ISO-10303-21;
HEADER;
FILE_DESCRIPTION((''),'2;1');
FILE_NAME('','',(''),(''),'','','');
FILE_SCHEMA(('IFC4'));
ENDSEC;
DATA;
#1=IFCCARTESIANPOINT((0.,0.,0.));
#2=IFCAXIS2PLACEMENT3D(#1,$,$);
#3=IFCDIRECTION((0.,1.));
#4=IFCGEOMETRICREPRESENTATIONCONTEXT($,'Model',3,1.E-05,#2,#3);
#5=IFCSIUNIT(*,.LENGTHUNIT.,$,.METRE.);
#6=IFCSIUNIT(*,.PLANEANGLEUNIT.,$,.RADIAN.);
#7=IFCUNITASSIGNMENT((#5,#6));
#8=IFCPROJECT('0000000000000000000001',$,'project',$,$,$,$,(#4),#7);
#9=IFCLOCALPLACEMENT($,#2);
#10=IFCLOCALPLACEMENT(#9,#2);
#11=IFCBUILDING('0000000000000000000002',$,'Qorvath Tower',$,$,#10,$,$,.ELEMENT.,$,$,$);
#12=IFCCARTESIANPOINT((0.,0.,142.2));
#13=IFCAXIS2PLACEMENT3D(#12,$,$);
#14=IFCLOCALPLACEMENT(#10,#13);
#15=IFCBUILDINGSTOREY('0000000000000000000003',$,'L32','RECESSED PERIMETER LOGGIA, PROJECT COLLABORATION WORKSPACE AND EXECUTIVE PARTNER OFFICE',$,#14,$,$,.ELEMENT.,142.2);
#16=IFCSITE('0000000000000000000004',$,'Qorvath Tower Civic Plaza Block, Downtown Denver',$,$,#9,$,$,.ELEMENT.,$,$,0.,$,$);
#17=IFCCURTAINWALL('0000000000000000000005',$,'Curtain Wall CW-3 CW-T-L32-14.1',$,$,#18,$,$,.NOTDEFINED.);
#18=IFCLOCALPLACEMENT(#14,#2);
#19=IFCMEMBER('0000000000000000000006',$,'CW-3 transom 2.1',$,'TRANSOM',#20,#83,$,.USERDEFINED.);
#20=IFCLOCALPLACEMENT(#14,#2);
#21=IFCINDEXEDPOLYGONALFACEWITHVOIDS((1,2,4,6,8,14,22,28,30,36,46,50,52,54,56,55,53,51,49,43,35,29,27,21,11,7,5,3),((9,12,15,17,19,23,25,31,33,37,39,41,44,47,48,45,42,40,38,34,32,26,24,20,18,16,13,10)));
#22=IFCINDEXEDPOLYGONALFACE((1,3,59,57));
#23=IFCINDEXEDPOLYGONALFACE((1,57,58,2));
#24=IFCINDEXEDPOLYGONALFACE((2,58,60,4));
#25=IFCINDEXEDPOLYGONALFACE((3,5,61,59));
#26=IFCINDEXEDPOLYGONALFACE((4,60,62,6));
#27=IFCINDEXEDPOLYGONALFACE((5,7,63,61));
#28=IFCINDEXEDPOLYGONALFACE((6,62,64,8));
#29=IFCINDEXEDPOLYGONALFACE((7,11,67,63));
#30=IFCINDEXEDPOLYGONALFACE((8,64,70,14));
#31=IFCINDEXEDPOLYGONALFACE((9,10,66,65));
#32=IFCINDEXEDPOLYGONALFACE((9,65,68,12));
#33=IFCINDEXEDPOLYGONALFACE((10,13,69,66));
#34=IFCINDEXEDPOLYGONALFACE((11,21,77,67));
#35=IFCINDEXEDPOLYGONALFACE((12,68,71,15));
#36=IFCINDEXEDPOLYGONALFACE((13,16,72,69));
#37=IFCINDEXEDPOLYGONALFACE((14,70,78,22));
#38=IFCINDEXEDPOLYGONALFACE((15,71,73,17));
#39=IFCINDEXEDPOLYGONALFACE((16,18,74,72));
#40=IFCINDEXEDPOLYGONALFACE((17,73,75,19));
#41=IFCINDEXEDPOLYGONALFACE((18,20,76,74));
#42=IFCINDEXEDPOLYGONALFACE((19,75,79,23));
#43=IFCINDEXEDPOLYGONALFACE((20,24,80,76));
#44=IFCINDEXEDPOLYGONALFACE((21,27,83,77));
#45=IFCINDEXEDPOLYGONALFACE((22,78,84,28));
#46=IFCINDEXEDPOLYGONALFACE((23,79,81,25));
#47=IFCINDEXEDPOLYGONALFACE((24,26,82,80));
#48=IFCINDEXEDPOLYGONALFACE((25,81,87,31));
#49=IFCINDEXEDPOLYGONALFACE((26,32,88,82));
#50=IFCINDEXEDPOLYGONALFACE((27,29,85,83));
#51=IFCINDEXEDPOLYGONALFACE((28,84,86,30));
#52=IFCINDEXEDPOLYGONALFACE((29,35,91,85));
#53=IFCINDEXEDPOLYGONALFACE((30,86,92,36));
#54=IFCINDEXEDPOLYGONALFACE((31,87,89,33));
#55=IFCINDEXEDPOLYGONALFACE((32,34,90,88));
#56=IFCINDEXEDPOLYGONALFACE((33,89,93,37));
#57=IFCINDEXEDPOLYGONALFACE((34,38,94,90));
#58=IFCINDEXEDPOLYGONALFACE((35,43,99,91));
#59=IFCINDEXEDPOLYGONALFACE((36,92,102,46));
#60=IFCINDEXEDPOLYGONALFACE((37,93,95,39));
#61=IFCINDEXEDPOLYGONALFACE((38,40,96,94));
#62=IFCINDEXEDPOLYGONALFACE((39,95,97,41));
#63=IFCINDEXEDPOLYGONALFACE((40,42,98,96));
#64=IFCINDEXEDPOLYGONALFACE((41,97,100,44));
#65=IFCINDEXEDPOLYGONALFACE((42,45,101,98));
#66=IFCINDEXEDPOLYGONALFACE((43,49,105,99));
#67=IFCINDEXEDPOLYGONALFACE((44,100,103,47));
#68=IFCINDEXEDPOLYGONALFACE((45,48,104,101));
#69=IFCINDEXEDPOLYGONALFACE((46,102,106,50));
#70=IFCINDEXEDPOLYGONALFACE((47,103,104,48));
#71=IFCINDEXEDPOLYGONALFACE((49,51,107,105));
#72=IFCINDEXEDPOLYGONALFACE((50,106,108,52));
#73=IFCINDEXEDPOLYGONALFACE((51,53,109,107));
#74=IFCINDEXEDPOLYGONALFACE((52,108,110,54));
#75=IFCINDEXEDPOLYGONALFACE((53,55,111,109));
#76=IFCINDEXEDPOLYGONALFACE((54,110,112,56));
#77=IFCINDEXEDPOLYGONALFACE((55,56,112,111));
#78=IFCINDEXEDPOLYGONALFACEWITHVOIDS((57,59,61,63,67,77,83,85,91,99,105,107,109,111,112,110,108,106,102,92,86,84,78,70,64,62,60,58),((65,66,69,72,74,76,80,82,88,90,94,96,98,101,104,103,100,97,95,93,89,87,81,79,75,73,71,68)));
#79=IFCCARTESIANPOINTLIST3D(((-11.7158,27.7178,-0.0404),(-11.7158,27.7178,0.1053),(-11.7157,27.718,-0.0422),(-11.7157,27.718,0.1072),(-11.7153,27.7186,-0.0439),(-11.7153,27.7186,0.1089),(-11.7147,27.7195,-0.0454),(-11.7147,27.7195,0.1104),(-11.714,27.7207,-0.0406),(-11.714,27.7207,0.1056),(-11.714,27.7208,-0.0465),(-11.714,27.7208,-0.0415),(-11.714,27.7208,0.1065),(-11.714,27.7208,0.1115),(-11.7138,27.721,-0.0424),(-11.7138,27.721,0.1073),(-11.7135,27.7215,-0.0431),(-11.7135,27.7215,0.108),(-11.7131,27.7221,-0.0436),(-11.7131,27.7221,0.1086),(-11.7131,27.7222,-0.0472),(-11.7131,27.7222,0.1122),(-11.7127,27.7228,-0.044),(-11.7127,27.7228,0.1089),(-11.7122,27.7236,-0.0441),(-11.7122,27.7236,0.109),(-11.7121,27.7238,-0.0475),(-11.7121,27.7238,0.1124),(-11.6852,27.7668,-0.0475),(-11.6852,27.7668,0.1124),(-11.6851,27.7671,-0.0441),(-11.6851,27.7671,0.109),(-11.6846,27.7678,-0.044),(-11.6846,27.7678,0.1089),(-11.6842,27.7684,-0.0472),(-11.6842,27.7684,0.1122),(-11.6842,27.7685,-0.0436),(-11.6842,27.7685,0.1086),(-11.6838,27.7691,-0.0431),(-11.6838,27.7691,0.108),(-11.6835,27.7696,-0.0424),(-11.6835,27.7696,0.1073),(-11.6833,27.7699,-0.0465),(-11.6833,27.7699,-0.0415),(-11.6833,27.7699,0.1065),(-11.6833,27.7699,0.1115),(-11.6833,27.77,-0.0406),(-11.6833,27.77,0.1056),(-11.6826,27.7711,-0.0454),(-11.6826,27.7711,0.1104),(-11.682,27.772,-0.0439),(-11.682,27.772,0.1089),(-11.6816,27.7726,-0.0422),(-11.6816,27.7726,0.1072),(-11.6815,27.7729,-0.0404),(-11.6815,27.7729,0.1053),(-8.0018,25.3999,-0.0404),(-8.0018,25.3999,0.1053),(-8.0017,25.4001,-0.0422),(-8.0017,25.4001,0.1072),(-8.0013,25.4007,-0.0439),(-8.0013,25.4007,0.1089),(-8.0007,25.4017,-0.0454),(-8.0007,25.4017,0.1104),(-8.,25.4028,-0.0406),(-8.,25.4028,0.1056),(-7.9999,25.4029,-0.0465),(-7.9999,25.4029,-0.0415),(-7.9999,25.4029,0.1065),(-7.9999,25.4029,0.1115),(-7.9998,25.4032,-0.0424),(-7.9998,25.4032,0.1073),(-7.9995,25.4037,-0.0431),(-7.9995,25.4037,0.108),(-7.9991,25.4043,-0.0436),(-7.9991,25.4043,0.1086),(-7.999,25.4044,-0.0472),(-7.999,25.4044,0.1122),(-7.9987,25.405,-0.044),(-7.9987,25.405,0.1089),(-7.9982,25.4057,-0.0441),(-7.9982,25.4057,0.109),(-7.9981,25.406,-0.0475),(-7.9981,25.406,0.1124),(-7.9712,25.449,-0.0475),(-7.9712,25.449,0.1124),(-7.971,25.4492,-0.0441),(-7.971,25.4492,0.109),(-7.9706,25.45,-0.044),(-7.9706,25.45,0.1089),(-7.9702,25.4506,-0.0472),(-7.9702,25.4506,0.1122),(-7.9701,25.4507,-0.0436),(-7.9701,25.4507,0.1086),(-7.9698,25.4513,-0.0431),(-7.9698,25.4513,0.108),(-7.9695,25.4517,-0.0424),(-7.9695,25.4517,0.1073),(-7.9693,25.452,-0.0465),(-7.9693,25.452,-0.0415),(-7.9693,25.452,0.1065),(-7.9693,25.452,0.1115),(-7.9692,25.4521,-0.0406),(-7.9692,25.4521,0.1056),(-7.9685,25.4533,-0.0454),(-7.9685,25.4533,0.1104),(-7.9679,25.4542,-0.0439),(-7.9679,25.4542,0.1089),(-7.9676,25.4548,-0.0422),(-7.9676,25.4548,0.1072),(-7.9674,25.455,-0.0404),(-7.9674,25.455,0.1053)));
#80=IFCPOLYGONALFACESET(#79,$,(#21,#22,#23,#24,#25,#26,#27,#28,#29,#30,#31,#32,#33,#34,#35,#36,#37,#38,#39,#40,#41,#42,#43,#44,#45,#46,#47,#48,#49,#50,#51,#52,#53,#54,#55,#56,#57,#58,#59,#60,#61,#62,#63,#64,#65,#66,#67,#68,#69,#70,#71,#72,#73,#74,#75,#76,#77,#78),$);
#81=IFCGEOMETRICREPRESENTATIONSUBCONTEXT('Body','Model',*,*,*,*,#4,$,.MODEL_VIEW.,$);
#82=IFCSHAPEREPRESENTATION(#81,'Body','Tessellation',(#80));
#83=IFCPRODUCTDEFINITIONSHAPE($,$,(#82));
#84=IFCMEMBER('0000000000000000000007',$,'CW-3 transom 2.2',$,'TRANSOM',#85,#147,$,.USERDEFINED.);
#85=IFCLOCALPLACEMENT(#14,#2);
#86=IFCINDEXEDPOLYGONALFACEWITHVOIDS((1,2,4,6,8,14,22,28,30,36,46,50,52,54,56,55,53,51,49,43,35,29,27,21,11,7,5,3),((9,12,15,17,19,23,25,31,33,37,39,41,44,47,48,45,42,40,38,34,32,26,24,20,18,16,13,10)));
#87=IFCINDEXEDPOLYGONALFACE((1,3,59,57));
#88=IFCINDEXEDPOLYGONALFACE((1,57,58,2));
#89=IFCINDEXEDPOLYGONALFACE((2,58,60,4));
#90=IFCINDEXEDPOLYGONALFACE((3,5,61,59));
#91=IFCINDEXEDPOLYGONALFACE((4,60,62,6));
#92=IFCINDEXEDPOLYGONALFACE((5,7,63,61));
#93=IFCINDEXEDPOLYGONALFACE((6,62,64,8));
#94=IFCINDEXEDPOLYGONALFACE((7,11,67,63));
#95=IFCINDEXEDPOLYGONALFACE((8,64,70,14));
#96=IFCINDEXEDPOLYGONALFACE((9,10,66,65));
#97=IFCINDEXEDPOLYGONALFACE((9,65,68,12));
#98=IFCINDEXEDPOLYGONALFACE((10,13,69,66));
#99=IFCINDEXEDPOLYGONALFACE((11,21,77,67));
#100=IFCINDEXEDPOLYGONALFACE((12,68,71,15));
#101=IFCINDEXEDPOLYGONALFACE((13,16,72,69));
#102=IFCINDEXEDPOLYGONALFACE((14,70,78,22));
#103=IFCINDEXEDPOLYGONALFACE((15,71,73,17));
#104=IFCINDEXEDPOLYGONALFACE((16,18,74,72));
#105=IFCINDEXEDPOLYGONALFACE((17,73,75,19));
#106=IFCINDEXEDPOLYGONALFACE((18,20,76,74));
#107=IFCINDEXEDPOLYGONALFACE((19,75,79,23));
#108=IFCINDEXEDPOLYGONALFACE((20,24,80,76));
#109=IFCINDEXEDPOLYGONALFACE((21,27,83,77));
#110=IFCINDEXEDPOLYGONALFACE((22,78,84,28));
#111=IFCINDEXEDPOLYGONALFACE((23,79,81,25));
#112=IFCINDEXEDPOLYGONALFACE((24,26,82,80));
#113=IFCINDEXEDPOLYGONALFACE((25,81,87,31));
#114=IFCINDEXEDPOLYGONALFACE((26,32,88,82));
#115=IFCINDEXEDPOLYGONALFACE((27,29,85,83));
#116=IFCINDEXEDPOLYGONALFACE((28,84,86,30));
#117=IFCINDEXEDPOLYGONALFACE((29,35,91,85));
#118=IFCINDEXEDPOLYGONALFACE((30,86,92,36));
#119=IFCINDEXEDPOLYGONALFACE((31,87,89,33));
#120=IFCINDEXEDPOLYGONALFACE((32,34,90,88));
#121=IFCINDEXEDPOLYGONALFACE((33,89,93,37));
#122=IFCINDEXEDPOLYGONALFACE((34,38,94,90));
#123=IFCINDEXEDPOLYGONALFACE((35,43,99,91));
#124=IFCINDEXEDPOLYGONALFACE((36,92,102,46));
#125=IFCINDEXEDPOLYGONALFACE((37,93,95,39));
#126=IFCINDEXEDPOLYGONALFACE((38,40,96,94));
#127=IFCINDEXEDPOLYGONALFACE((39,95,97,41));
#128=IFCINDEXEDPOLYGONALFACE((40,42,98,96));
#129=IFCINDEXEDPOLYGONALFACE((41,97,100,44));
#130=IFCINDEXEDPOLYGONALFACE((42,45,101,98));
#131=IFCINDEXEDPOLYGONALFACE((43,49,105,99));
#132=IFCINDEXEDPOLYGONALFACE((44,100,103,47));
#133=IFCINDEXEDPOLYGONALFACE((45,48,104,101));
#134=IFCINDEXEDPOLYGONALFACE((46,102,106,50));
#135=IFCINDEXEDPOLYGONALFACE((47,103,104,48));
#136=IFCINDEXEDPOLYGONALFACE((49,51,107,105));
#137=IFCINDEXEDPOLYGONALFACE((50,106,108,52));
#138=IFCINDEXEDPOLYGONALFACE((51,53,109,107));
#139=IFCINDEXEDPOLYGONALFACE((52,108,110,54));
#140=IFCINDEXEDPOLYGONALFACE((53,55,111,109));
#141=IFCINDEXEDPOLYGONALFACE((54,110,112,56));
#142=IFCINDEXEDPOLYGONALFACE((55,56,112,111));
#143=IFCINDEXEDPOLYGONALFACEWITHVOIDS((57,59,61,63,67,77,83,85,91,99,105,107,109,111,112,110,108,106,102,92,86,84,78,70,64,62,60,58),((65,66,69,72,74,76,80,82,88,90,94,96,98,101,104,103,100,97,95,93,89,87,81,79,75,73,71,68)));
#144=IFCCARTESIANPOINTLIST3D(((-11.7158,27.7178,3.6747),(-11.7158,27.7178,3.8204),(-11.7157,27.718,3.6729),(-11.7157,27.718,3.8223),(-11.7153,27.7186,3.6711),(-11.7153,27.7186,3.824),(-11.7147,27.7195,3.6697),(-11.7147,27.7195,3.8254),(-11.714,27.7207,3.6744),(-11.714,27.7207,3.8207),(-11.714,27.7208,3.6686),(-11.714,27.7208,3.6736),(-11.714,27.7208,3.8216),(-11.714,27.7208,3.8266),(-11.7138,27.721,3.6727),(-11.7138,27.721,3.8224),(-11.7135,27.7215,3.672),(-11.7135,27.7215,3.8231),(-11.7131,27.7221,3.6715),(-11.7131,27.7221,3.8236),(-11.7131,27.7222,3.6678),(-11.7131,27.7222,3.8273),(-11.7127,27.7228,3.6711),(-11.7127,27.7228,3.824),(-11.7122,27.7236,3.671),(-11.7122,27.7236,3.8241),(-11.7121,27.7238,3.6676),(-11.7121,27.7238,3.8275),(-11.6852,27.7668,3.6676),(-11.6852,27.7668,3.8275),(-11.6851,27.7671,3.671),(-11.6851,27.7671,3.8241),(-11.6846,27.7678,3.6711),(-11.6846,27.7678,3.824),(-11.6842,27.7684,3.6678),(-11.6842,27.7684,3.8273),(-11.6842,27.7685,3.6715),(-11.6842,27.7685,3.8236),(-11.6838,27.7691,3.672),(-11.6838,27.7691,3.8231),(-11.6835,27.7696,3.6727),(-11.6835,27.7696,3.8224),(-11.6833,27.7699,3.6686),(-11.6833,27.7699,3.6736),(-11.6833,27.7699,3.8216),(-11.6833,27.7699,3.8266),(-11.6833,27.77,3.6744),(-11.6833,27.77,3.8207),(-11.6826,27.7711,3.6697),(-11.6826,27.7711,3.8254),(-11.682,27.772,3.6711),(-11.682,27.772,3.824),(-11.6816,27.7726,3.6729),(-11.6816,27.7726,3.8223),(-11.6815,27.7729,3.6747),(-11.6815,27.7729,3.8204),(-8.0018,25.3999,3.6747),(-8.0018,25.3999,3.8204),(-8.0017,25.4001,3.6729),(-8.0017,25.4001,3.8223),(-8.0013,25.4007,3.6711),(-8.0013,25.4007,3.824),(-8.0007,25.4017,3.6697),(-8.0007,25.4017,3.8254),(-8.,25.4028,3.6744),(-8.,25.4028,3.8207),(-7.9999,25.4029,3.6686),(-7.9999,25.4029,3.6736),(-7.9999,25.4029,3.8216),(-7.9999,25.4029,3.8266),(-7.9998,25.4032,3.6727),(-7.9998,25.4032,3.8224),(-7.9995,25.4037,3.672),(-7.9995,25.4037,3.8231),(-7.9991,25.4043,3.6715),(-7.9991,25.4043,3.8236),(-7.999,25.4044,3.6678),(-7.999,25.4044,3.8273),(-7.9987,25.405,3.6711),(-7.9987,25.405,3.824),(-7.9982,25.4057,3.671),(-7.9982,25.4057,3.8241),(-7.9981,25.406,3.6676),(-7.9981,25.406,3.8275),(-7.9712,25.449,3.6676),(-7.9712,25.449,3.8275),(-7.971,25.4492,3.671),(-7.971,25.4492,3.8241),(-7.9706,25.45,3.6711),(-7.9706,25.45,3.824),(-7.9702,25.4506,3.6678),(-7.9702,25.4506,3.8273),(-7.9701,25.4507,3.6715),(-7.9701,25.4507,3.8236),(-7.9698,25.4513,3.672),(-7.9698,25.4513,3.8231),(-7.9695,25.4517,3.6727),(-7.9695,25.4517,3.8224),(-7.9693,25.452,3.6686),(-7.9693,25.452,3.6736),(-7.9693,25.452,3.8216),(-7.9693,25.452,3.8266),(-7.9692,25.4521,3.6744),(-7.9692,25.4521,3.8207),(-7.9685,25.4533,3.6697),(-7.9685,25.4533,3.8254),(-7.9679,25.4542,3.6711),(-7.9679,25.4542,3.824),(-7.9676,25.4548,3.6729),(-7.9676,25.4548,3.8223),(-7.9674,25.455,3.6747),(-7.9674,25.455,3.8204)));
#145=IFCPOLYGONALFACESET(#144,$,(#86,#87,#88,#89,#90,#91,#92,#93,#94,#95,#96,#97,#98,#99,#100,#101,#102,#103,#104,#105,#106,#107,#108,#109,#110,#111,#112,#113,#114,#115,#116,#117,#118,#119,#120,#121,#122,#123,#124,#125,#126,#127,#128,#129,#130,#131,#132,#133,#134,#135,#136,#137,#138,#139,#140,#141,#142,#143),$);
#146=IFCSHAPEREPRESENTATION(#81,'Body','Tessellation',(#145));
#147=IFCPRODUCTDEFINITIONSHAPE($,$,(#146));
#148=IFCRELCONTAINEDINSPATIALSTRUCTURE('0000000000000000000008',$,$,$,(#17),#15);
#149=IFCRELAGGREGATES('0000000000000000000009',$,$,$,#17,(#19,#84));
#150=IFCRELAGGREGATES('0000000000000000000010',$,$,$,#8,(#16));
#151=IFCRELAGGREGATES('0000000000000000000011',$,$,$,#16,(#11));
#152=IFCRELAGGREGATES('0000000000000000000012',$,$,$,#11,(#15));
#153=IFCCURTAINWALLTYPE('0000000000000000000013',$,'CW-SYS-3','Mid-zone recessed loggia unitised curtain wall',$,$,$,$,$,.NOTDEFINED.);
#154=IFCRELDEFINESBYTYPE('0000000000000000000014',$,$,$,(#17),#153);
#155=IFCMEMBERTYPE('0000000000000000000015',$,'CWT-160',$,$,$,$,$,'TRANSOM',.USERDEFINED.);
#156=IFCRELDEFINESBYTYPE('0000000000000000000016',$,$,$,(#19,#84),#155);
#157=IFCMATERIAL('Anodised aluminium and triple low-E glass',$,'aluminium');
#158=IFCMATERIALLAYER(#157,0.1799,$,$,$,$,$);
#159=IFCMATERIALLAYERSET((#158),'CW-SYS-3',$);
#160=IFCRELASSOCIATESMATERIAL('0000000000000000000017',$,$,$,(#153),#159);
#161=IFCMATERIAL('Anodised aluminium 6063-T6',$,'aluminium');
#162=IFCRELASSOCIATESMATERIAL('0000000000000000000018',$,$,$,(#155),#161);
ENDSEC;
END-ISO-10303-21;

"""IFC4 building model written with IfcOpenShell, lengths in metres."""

from ifc_helpers import new_model, si_unit, direction, frame, origin, origin_2d, place, context, subcontext, project, spatial, hollow_rectangle, extrude, material, layer, layer_set, material_profile, profile_set, type_object, element, aggregate, save


model = new_model("IFC4")

# Units and contexts
model_context = context("Model", 3, precision=1e-05, world=origin(), true_north=direction((0.0, 1.0)))
body_context = subcontext(model_context, "Body", "Model", "MODEL_VIEW")
ifc_project = project(units=[si_unit("LENGTHUNIT", "METRE"), si_unit("PLANEANGLEUNIT", "RADIAN")], contexts=[model_context])

# Site, building, storey
site_placement = place(None, origin())
site = spatial("IfcSite", under=ifc_project, at=site_placement, Name="Qorvath Tower Civic Plaza Block, Downtown Denver", CompositionType="ELEMENT", RefElevation=0.0)
building_placement = place(site_placement, origin())
building = spatial("IfcBuilding", under=site, at=building_placement, Name="Qorvath Tower", CompositionType="ELEMENT")
storey_placement = place(building_placement, frame((0.0, 0.0, 142.2)))
storey = spatial("IfcBuildingStorey", under=building, at=storey_placement, Name="L32", Description="RECESSED PERIMETER LOGGIA, PROJECT COLLABORATION WORKSPACE AND EXECUTIVE PARTNER OFFICE", CompositionType="ELEMENT", Elevation=142.2)

# Shared definitions
ifc_material_1 = material(Name="Anodised aluminium and triple low-E glass", Category="aluminium")
ifc_layer_1 = layer(ifc_material_1, 0.1799)
ifc_layer_set_1 = layer_set([ifc_layer_1], Name="CW-SYS-3")
curtain_wall_type = type_object("IfcCurtainWallType", Name="CW-SYS-3", Description="Mid-zone recessed loggia unitised curtain wall", PredefinedType="NOTDEFINED", material=ifc_layer_set_1)

# Curtain wall
curtain_wall_1_placement = place(storey_placement, origin())
curtain_wall_1 = element("IfcCurtainWall", 1, at=curtain_wall_1_placement, inside=storey, type_object=curtain_wall_type, Name="Curtain Wall CW-3 CW-T-L32-14.1", PredefinedType="NOTDEFINED")

# Members
ifc_material_2 = material(Name="Anodised aluminium 6063-T6", Category="aluminium")
ifc_material_profile_1 = material_profile(ifc_material_2, hollow_rectangle(XDim=0.0649, YDim=0.1599, WallThickness=0.0034, InnerFilletRadius=0.0034, OuterFilletRadius=0.0071, at=origin_2d()), Name="CWT 160x65")
ifc_profile_set_1 = profile_set([ifc_material_profile_1], Name="Anodised aluminium 6063-T6")
member_type_1 = type_object("IfcMemberType", Name="CWT-160", ElementType="TRANSOM", PredefinedType="USERDEFINED", material=ifc_profile_set_1)
member_1_placement = place(storey_placement, frame((-7.9846, 25.4275, 0.0325), z_axis=(-0.848352, 0.529432, 0.0), x_axis=(-0.529432, -0.848352, 0.0)))
member_1 = element("IfcMember", 2, at=member_1_placement, type_object=member_type_1, Name="CW-3 transom 2.1", ObjectType="TRANSOM", PredefinedType="USERDEFINED", context=body_context, shape_type="SweptSolid", body=[
    extrude(hollow_rectangle(XDim=0.0649, YDim=0.1599, WallThickness=0.0034, InnerFilletRadius=0.0034, OuterFilletRadius=0.0071, at=origin_2d()), origin(), (0.0, 0.0, 1.0), 4.3779),
])
member_2_placement = place(storey_placement, frame((-7.9846, 25.4275, 3.7476), z_axis=(-0.848352, 0.529432, 0.0), x_axis=(-0.529432, -0.848352, 0.0)))
member_2 = element("IfcMember", 3, at=member_2_placement, type_object=member_type_1, Name="CW-3 transom 2.2", ObjectType="TRANSOM", PredefinedType="USERDEFINED", context=body_context, shape_type="SweptSolid", body=[
    extrude(hollow_rectangle(XDim=0.0649, YDim=0.1599, WallThickness=0.0034, InnerFilletRadius=0.0034, OuterFilletRadius=0.0071, at=origin_2d()), origin(), (0.0, 0.0, 1.0), 4.3779),
])

aggregate(curtain_wall_1, [member_1, member_2])

save(model, "model.ifc")
